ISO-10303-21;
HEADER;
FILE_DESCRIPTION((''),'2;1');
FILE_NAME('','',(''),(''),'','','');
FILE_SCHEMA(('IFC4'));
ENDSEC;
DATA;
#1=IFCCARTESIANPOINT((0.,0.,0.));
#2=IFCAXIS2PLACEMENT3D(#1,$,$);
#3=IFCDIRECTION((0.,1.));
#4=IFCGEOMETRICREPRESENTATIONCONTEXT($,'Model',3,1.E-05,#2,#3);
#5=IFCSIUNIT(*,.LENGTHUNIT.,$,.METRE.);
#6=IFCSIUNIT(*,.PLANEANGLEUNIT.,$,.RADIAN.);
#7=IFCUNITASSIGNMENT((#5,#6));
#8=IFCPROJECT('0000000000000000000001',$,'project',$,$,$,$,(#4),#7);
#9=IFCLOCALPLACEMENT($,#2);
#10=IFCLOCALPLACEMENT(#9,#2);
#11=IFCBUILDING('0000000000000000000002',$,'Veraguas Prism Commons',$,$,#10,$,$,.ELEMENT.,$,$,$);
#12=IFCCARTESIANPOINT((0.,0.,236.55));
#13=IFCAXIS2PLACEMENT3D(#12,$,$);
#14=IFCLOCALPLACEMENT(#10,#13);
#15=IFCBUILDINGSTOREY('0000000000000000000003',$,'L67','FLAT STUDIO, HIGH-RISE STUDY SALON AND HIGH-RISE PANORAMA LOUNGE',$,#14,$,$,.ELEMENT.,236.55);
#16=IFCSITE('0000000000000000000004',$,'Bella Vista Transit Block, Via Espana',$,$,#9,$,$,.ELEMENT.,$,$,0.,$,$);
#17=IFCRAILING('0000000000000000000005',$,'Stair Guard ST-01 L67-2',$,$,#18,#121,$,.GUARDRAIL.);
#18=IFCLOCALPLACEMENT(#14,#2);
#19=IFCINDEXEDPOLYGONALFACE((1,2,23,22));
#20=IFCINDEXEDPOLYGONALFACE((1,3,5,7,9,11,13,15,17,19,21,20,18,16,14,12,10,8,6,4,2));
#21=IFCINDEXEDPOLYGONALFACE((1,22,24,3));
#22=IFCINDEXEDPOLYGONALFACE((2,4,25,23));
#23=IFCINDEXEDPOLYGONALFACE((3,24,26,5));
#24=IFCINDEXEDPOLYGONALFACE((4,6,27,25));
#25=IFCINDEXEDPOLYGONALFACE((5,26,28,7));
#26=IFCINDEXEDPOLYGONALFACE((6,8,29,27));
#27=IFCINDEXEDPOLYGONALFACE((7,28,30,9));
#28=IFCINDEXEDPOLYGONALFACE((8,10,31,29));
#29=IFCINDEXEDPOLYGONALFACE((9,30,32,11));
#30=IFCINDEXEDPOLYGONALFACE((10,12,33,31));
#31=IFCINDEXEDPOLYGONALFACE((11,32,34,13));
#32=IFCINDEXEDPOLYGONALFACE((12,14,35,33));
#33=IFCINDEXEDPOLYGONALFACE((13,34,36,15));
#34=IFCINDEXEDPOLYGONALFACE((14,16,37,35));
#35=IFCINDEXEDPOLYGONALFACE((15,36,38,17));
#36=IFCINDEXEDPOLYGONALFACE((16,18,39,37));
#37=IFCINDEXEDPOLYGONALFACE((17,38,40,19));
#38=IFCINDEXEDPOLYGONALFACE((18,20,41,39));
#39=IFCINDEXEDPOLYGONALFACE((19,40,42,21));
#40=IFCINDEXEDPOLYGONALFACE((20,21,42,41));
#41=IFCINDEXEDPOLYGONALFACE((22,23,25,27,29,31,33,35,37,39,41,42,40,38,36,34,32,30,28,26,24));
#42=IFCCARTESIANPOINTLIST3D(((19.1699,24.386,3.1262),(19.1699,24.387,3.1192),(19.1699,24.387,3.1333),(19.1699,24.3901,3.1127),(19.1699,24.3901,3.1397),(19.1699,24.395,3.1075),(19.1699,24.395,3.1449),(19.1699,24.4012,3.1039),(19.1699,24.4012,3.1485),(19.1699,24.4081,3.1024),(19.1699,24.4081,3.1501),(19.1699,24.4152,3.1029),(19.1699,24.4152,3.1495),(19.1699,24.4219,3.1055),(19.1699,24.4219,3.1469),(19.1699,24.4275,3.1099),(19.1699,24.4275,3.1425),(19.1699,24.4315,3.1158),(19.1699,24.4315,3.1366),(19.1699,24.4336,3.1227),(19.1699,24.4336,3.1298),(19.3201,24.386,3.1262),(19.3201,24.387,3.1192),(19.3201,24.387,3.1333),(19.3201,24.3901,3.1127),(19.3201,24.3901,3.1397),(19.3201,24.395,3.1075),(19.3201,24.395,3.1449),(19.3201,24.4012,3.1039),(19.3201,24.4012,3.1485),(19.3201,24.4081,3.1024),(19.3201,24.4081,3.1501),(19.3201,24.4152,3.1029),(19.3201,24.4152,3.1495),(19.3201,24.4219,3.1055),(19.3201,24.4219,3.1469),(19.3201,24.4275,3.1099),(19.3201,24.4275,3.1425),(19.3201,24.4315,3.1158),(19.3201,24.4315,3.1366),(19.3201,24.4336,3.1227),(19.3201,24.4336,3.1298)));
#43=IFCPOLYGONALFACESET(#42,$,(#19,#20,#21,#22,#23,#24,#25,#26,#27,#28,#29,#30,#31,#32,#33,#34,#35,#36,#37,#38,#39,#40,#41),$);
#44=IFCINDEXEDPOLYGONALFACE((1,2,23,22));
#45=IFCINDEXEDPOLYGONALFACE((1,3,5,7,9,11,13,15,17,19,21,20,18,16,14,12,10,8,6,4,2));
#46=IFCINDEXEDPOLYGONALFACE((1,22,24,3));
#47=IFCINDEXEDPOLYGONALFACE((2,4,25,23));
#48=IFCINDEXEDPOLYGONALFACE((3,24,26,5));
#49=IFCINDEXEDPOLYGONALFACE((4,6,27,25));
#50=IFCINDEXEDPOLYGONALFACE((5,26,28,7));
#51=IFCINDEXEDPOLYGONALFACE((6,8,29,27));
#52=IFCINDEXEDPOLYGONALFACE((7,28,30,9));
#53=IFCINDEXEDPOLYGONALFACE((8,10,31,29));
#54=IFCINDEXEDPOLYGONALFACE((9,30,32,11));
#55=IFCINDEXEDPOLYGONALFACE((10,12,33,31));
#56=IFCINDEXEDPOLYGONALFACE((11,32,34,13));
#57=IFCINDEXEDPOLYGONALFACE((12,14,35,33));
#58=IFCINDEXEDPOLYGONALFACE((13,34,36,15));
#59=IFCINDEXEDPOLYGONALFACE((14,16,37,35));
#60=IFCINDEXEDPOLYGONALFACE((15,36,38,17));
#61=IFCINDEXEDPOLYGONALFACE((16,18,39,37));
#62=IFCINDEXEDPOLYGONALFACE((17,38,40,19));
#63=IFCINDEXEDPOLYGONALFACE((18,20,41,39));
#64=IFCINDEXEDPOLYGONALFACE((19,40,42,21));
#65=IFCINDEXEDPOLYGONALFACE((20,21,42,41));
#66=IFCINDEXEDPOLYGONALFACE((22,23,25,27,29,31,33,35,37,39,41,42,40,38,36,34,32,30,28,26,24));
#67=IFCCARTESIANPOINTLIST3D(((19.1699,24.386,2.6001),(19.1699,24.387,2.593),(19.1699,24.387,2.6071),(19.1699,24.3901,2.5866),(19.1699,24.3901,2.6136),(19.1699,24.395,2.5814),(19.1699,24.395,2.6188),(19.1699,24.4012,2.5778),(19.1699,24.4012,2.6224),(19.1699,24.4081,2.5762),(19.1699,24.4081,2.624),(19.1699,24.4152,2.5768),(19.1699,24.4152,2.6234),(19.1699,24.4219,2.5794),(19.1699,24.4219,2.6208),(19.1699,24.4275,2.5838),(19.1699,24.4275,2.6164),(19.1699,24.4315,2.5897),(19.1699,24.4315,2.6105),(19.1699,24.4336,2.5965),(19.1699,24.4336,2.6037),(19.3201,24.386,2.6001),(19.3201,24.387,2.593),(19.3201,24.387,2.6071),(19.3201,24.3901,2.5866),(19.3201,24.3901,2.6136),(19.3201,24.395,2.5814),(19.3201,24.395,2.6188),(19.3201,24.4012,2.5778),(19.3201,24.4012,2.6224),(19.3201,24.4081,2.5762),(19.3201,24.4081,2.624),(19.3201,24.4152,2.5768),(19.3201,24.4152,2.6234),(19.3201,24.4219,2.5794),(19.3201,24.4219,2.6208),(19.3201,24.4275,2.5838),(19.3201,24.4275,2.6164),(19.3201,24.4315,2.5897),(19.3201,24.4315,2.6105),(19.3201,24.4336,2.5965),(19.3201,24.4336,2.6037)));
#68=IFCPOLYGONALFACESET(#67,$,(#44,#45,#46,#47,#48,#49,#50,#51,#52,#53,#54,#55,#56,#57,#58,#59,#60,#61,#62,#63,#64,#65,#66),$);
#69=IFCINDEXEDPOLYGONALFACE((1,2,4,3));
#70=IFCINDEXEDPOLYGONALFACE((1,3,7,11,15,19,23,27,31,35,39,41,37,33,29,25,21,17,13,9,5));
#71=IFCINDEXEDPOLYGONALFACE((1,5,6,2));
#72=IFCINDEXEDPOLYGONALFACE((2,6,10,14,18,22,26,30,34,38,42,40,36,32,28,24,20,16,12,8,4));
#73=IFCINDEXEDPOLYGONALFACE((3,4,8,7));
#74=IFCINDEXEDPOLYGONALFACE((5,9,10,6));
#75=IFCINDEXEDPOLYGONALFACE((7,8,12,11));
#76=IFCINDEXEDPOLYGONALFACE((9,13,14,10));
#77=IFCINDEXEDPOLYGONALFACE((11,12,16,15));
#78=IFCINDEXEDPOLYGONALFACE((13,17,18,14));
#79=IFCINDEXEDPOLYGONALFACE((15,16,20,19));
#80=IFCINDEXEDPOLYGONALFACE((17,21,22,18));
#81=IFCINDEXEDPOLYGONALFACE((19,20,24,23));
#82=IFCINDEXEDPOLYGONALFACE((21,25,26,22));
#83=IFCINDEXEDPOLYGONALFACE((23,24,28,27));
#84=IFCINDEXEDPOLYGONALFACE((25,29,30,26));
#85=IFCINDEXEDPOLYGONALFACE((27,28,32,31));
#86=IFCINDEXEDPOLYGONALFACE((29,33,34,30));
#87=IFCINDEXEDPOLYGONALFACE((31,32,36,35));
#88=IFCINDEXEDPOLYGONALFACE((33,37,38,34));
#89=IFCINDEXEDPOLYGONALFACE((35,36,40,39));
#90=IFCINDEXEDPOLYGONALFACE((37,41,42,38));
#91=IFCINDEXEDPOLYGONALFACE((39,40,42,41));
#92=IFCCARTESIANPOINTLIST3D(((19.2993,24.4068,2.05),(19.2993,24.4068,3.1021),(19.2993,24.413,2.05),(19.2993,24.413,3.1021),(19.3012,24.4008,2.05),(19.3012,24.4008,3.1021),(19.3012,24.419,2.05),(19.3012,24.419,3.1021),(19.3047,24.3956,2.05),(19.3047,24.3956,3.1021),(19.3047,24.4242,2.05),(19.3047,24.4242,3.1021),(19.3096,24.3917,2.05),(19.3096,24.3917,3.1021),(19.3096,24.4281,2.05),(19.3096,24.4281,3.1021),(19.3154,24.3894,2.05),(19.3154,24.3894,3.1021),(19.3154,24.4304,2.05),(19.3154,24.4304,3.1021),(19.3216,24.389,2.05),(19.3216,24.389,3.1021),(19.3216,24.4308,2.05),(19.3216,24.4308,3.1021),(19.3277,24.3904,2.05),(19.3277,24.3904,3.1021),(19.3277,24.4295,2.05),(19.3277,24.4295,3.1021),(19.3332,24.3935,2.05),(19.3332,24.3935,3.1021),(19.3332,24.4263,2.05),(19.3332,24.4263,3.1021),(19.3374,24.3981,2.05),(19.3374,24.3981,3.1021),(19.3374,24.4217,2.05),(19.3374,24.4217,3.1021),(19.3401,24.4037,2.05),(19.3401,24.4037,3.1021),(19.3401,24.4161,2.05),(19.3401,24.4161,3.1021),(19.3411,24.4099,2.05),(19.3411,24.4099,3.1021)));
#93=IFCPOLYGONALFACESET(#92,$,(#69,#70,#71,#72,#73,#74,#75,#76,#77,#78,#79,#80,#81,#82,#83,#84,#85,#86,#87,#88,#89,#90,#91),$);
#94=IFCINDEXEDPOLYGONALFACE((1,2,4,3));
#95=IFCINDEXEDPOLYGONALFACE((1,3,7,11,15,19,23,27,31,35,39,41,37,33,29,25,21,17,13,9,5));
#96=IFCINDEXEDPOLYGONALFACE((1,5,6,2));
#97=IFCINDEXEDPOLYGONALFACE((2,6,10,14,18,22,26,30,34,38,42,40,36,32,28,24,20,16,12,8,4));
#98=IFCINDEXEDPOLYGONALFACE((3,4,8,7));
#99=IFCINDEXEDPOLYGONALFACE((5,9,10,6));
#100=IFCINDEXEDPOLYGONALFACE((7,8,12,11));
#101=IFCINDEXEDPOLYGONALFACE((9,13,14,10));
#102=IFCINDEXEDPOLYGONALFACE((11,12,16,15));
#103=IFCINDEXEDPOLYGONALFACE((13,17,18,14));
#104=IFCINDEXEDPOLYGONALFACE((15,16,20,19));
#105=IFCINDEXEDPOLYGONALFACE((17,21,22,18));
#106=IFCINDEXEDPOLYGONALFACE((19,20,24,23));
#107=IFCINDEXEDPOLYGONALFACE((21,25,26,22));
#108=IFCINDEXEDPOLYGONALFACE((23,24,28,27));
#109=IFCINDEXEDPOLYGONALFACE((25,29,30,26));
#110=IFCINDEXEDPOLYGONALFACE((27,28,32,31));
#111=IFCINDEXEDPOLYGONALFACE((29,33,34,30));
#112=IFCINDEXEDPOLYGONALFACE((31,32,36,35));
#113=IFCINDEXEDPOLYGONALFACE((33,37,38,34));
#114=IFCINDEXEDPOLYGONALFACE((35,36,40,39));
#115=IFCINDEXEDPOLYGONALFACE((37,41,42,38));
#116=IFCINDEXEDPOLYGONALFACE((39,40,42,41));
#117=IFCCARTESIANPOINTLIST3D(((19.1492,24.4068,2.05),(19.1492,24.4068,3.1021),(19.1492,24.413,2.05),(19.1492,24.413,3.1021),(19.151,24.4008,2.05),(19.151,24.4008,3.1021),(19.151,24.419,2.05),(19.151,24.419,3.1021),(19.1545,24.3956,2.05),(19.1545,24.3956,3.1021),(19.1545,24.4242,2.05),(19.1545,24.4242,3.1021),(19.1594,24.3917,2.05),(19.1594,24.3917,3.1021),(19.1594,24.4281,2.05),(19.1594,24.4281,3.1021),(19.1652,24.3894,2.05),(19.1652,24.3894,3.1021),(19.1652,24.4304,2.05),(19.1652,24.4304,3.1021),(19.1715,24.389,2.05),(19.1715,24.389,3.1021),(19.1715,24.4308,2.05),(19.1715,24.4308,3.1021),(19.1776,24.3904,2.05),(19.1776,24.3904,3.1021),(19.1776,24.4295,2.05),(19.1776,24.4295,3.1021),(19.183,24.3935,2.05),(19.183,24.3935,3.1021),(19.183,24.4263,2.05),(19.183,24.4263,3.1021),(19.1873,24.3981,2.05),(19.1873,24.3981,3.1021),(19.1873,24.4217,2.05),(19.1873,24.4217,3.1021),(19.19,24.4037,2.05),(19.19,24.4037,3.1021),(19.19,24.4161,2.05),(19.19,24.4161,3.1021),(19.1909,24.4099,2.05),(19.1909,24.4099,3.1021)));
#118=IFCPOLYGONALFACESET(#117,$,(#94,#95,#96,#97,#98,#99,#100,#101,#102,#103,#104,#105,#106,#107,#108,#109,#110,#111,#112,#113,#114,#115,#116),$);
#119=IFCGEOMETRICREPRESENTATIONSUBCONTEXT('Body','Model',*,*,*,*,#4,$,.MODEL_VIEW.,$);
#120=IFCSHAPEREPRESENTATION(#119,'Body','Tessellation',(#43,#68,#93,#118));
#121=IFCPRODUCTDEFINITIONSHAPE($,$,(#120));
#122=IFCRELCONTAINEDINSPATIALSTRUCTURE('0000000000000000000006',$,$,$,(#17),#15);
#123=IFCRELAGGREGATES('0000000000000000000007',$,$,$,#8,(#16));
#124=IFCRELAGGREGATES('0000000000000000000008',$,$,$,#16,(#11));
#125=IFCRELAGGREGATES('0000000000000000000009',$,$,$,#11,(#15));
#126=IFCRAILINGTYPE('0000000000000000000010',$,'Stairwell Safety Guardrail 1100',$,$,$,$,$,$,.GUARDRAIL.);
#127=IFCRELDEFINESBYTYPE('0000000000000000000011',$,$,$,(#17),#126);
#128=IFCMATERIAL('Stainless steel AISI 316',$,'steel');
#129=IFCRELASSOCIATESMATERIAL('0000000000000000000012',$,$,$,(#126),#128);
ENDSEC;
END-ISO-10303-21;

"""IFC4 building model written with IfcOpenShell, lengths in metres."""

from ifc_helpers import new_model, si_unit, direction, frame, origin, origin_2d, place, context, subcontext, project, spatial, circle, extrude, material, type_object, element, save


model = new_model("IFC4")

# Units and contexts
model_context = context("Model", 3, precision=1e-05, world=origin(), true_north=direction((0.0, 1.0)))
body_context = subcontext(model_context, "Body", "Model", "MODEL_VIEW")
ifc_project = project(units=[si_unit("LENGTHUNIT", "METRE"), si_unit("PLANEANGLEUNIT", "RADIAN")], contexts=[model_context])

# Site, building, storey
site_placement = place(None, origin())
site = spatial("IfcSite", under=ifc_project, at=site_placement, Name="Bella Vista Transit Block, Via Espana", CompositionType="ELEMENT", RefElevation=0.0)
building_placement = place(site_placement, origin())
building = spatial("IfcBuilding", under=site, at=building_placement, Name="Veraguas Prism Commons", CompositionType="ELEMENT")
storey_placement = place(building_placement, frame((0.0, 0.0, 236.55)))
storey = spatial("IfcBuildingStorey", under=building, at=storey_placement, Name="L67", Description="FLAT STUDIO, HIGH-RISE STUDY SALON AND HIGH-RISE PANORAMA LOUNGE", CompositionType="ELEMENT", Elevation=236.55)

# Railing
ifc_material_1 = material(Name="Stainless steel AISI 316", Category="steel")
railing_type_1 = type_object("IfcRailingType", Name="Stairwell Safety Guardrail 1100", PredefinedType="GUARDRAIL", material=ifc_material_1)
railing_1_placement = place(storey_placement, frame((19.3201, 24.4099, 2.05)))
element("IfcRailing", 1, at=railing_1_placement, inside=storey, type_object=railing_type_1, Name="Stair Guard ST-01 L67-2", PredefinedType="GUARDRAIL", context=body_context, shape_type="SweptSolid", body=[
    extrude(circle(Radius=0.0239, at=origin_2d()), frame((0.0, 0.0, 1.0762), z_axis=(-1.0, 0.0, 0.0), x_axis=(0.0, -1.0, 0.0)), (0.0, 0.0, 1.0), 0.1501),
    extrude(circle(Radius=0.0239, at=origin_2d()), frame((0.0, 0.0, 0.55), z_axis=(-1.0, 0.0, 0.0), x_axis=(0.0, -1.0, 0.0)), (0.0, 0.0, 1.0), 0.1501),
    extrude(circle(Radius=0.021, at=origin_2d()), origin(), (0.0, 0.0, 1.0), 1.052),
    extrude(circle(Radius=0.021, at=origin_2d()), frame((-0.1501, 0.0, 0.0)), (0.0, 0.0, 1.0), 1.052),
])

save(model, "model.ifc")
